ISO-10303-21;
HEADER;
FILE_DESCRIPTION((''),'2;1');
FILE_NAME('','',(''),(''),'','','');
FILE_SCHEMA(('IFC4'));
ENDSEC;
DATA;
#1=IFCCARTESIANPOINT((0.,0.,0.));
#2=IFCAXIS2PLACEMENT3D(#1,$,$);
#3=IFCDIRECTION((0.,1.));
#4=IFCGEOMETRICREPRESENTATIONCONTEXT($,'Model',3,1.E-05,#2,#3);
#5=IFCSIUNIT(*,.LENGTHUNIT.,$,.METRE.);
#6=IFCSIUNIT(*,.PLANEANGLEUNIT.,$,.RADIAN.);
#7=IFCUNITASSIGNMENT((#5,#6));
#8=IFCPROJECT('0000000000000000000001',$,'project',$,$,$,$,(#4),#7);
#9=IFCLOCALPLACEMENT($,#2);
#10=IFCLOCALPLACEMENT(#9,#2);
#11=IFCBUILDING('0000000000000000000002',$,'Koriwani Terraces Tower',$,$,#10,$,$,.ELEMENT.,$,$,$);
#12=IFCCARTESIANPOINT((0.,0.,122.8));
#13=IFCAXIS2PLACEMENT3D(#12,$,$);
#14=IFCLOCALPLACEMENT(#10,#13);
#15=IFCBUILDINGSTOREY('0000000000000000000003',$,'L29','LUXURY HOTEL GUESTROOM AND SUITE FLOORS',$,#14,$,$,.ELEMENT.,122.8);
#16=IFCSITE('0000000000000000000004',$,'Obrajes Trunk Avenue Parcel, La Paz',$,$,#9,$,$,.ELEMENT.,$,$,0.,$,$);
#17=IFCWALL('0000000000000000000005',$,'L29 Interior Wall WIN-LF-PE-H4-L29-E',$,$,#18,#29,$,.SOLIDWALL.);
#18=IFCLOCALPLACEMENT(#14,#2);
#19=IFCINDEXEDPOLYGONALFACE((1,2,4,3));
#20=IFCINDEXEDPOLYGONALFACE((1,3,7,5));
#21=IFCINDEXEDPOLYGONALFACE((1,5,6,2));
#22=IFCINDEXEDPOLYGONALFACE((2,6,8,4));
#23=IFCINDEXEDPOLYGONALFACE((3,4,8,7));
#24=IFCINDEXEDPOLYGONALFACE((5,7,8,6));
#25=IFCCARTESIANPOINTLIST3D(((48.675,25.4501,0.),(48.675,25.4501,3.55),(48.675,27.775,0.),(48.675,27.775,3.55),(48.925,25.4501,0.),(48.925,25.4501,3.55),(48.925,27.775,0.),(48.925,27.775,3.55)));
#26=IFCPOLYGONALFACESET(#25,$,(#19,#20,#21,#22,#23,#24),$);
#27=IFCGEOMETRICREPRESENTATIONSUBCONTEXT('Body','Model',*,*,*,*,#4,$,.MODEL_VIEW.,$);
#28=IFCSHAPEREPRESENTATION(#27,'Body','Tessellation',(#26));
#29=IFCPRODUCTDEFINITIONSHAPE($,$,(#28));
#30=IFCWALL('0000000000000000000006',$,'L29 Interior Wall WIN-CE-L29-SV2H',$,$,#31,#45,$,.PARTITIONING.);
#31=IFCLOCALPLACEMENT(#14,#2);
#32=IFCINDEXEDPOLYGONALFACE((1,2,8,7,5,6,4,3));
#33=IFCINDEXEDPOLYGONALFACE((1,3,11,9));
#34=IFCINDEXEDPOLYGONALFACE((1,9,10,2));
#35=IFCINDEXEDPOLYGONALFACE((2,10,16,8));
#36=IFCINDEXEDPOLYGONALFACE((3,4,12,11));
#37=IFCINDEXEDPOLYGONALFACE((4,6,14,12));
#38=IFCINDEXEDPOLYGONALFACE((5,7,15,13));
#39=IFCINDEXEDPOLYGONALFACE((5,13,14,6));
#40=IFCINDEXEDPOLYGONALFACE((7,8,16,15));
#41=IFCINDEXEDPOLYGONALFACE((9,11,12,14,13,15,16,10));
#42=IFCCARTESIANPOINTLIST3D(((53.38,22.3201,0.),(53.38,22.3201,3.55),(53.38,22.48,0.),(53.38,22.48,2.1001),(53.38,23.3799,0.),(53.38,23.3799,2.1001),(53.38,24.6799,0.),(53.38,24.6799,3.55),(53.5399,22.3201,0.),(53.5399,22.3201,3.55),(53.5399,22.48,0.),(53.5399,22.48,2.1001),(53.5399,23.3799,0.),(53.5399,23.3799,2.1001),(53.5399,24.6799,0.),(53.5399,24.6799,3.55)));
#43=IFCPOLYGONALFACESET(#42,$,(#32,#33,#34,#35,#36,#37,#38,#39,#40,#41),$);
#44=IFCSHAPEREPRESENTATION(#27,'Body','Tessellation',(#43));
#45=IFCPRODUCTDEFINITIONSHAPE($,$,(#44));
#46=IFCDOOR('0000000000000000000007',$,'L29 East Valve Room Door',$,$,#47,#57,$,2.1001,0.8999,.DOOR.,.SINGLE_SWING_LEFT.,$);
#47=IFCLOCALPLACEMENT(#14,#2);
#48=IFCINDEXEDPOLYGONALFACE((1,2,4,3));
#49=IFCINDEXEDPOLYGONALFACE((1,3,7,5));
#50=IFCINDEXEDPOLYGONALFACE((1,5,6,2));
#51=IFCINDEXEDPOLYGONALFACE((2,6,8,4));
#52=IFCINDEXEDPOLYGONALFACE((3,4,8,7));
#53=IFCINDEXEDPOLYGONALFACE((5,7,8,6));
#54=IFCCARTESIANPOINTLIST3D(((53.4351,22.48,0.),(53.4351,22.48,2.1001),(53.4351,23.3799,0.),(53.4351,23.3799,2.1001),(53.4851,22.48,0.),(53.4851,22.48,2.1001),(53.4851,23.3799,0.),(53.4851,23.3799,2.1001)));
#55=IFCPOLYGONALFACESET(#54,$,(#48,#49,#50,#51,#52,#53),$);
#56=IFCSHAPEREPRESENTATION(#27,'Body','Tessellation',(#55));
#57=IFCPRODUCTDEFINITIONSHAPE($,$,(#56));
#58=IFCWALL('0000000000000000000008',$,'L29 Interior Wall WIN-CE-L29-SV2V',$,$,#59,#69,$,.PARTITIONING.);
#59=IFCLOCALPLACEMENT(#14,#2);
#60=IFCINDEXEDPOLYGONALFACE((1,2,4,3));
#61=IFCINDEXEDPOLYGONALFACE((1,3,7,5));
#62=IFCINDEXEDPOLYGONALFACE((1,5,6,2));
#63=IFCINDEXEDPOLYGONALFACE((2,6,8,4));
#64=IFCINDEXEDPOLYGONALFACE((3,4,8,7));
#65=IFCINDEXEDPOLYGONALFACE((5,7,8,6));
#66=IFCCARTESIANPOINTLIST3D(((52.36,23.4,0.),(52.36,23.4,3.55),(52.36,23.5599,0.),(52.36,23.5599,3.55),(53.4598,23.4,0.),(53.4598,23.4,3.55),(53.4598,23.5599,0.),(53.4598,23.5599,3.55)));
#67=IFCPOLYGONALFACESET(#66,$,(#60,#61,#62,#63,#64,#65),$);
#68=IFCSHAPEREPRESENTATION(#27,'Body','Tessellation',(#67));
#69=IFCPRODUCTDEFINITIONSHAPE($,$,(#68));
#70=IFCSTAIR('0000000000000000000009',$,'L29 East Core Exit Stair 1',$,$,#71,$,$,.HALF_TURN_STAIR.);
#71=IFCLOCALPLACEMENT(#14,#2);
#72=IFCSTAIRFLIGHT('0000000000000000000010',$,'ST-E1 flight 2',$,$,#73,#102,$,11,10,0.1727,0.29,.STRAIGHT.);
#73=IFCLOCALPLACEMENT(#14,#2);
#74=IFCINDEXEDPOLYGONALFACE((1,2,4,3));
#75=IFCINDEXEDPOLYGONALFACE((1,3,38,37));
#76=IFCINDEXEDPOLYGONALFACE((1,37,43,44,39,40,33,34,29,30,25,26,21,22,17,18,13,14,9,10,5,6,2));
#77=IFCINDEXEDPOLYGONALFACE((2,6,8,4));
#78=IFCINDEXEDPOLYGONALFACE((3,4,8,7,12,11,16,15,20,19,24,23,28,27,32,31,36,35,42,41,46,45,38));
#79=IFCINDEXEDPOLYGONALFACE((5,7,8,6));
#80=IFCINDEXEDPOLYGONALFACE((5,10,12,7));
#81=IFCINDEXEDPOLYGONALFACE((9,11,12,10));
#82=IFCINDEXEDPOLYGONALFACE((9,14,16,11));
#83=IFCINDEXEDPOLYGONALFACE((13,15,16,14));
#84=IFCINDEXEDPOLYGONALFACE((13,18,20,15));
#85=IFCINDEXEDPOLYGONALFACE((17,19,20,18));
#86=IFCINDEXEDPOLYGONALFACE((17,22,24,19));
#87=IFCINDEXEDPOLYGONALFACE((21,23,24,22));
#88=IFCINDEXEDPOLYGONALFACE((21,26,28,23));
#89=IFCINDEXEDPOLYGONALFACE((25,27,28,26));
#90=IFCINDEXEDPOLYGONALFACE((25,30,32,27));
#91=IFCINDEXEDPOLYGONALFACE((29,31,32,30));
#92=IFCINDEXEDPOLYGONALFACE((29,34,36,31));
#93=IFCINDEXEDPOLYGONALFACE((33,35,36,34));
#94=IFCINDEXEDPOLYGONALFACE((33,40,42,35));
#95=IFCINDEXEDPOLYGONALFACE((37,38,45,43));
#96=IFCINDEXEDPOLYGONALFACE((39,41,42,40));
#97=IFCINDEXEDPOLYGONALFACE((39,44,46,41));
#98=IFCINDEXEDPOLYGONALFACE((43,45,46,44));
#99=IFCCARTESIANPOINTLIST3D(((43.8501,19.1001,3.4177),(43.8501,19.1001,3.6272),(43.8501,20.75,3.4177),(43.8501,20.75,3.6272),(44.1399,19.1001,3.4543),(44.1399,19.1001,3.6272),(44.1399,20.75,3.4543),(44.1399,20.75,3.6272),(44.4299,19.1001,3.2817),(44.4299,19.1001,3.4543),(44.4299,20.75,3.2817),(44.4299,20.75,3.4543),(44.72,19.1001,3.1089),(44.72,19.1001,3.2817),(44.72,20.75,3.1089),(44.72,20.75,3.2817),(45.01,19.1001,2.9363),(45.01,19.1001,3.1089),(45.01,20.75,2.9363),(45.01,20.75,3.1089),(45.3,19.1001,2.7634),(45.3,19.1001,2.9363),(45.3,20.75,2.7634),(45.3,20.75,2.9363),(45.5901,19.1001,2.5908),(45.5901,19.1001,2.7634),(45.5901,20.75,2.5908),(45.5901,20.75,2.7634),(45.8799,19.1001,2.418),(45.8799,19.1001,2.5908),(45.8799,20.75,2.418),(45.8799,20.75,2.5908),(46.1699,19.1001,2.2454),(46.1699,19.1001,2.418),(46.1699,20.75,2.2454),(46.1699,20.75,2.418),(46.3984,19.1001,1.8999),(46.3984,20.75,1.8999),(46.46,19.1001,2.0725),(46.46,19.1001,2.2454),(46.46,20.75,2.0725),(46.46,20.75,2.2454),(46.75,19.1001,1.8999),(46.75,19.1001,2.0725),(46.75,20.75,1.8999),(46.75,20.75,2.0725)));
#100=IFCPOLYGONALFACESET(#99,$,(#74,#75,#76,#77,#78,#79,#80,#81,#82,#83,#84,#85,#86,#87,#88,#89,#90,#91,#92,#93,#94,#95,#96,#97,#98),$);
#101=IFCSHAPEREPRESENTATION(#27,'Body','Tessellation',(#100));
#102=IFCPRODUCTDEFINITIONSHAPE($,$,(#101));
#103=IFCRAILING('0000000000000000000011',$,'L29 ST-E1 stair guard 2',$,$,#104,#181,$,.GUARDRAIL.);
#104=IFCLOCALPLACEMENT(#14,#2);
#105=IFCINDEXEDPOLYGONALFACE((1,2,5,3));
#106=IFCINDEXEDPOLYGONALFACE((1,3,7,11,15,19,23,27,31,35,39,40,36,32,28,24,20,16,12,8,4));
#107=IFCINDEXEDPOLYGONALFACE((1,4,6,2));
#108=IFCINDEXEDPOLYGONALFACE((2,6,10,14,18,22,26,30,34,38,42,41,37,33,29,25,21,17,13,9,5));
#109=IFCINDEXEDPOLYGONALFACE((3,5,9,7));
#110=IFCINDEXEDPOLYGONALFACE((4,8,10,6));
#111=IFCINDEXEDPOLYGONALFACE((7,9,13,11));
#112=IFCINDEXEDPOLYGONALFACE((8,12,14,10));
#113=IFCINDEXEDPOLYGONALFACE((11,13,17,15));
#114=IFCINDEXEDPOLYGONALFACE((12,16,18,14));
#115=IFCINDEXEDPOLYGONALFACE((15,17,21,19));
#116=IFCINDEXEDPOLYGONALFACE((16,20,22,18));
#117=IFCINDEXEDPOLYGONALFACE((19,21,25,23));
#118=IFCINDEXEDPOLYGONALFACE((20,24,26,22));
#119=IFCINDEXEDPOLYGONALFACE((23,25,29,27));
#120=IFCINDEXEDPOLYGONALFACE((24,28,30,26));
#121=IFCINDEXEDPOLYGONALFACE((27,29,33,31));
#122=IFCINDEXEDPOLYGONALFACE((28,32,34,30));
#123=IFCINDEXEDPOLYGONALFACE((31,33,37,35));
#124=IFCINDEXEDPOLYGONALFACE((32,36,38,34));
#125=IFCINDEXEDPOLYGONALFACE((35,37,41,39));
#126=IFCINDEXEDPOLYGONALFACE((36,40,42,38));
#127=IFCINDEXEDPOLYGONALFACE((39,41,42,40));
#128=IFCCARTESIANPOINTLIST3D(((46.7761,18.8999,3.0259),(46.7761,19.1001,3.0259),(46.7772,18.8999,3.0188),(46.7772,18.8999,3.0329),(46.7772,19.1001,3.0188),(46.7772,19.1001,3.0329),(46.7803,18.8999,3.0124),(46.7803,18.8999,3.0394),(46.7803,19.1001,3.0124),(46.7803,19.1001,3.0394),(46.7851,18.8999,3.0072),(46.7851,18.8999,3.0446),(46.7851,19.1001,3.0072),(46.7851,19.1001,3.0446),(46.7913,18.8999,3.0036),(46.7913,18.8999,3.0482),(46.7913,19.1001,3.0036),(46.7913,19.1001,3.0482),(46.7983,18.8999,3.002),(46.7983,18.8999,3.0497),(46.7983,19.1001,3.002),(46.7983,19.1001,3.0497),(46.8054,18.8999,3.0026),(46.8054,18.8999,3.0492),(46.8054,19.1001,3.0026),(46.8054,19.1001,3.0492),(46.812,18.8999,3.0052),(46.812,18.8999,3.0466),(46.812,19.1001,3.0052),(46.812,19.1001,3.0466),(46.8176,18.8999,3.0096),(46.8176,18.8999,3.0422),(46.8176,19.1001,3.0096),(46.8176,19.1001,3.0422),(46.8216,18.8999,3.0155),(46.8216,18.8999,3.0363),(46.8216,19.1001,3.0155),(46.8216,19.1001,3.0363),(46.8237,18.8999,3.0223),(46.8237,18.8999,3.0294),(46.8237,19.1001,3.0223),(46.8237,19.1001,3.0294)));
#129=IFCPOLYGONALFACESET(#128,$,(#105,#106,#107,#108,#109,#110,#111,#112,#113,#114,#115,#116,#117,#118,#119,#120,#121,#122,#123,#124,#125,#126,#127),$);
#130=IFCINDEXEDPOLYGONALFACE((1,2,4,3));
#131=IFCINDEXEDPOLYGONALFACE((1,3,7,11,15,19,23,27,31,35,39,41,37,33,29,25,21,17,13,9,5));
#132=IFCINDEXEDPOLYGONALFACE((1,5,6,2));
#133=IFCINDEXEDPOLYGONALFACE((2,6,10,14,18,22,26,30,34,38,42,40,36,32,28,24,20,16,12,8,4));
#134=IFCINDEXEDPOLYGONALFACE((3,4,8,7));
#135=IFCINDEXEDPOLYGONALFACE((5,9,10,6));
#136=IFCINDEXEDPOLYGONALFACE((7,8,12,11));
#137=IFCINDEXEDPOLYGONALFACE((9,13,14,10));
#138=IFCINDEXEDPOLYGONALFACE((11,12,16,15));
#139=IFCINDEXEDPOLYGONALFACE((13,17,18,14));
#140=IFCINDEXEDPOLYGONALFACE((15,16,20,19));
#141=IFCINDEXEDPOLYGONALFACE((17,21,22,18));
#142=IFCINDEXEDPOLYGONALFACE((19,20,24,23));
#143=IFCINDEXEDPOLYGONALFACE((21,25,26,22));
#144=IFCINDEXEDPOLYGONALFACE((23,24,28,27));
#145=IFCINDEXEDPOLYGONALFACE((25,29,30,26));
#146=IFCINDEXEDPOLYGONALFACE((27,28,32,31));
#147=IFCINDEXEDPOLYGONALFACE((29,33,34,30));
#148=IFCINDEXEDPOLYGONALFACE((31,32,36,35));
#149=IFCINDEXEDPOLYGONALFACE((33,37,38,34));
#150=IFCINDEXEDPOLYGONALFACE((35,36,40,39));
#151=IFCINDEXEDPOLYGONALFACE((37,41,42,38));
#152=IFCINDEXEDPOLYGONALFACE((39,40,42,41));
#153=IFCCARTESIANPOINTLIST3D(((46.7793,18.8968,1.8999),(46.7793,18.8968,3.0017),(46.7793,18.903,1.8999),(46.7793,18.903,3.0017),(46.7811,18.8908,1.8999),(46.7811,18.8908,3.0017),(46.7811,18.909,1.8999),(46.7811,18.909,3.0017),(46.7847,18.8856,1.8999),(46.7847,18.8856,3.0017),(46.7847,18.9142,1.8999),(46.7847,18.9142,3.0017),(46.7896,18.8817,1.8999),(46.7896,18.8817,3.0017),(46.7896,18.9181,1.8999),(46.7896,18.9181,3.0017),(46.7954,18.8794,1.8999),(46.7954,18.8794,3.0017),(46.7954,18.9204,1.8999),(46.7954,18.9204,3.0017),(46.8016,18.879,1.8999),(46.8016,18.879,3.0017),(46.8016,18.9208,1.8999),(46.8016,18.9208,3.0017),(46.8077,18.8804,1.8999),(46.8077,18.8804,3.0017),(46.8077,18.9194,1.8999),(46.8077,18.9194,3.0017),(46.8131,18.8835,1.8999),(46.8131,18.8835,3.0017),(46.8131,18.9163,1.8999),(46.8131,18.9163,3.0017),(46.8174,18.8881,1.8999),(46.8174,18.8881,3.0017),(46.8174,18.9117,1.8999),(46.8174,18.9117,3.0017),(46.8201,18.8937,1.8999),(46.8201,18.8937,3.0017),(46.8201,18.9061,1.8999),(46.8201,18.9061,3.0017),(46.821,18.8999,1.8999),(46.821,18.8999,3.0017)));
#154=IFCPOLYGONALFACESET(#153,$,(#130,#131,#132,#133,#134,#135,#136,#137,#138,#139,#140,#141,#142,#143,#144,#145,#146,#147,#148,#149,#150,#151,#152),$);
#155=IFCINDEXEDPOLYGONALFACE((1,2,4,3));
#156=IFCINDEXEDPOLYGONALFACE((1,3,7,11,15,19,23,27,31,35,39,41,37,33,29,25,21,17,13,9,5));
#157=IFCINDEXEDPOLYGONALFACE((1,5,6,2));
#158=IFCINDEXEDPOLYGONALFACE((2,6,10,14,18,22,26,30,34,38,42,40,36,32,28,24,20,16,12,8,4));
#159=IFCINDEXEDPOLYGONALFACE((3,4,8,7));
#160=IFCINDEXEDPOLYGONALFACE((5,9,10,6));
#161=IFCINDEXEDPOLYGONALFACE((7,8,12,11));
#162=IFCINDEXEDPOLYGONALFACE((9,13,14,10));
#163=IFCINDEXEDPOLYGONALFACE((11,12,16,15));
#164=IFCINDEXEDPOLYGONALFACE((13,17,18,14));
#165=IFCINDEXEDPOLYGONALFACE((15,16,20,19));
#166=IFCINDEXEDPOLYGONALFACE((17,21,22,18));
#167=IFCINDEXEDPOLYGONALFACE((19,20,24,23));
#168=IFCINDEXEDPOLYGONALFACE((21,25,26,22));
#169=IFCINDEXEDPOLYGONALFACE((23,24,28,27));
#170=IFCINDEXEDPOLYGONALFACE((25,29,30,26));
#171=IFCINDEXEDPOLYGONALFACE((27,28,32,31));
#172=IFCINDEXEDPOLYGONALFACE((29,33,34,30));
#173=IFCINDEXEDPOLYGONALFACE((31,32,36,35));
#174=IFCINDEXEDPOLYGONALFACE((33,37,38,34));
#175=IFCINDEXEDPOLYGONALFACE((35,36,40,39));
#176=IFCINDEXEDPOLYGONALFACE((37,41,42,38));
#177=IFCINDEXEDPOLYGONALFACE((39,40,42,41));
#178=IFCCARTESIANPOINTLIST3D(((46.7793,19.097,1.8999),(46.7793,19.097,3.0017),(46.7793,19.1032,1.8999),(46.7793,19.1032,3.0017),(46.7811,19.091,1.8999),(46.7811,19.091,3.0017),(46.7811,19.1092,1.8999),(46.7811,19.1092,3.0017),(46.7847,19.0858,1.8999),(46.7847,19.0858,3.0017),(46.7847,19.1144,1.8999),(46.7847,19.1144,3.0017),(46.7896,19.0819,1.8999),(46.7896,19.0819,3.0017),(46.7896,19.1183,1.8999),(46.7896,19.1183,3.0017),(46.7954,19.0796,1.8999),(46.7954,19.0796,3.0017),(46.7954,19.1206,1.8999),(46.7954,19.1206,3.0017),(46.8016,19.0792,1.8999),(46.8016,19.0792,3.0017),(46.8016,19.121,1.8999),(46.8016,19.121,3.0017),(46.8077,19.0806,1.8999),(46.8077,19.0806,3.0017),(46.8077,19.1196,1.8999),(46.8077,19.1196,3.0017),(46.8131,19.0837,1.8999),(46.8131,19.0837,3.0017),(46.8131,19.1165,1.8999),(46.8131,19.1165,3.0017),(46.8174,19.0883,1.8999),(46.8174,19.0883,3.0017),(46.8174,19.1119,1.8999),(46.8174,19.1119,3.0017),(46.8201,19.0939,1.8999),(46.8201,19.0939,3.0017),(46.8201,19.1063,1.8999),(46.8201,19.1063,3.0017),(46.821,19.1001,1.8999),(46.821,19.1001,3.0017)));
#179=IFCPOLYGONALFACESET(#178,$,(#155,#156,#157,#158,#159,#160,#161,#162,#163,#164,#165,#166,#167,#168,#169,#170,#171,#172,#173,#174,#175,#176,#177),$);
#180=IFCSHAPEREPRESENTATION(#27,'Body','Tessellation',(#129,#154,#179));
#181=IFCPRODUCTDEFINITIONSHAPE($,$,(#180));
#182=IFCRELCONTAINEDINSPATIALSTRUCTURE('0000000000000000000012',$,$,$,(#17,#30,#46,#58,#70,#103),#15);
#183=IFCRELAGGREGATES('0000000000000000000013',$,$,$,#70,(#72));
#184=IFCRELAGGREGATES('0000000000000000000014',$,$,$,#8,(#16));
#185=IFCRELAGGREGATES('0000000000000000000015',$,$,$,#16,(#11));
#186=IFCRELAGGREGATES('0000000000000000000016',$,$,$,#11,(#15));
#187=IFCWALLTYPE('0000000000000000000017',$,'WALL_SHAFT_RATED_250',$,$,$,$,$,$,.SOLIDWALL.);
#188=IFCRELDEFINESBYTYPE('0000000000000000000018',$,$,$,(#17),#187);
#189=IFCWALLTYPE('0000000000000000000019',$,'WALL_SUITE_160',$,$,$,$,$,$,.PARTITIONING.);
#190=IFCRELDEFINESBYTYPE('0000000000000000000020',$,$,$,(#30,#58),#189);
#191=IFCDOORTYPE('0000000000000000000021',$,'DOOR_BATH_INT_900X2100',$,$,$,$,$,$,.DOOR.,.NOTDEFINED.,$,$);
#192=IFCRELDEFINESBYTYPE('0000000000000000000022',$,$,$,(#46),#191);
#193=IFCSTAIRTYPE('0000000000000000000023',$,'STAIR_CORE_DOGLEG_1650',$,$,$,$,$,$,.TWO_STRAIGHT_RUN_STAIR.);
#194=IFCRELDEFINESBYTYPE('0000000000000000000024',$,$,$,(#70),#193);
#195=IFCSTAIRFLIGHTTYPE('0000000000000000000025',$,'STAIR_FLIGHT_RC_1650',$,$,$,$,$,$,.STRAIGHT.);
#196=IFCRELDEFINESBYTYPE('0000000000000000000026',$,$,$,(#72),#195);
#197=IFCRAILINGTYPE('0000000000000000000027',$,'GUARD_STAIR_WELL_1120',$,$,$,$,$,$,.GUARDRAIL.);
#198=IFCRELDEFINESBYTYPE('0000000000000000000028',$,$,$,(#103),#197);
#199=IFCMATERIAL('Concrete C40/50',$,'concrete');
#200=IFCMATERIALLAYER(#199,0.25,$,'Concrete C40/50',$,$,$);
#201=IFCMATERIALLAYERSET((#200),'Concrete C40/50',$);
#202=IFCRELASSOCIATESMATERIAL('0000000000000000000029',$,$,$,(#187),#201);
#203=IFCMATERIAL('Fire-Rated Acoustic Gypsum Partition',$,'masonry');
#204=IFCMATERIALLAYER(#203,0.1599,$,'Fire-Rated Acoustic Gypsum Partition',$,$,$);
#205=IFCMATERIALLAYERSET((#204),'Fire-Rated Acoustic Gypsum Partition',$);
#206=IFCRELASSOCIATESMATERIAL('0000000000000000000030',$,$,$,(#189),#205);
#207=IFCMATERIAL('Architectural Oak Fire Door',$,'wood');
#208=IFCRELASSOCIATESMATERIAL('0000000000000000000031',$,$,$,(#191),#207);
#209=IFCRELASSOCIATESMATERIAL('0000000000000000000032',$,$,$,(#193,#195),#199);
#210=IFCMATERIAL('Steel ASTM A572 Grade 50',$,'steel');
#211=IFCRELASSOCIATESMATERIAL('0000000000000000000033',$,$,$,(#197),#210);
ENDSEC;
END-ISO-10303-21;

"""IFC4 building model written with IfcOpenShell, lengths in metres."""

from ifc_helpers import new_model, si_unit, direction, frame, frame_2d, origin, origin_2d, place, context, subcontext, project, spatial, polyline, rectangle, circle, outline, extrude, material, layer, layer_set, type_object, element, fill, aggregate, save


model = new_model("IFC4")

# Units and contexts
model_context = context("Model", 3, precision=1e-05, world=origin(), true_north=direction((0.0, 1.0)))
body_context = subcontext(model_context, "Body", "Model", "MODEL_VIEW")
ifc_project = project(units=[si_unit("LENGTHUNIT", "METRE"), si_unit("PLANEANGLEUNIT", "RADIAN")], contexts=[model_context])

# Site, building, storey
site_placement = place(None, origin())
site = spatial("IfcSite", under=ifc_project, at=site_placement, Name="Obrajes Trunk Avenue Parcel, La Paz", CompositionType="ELEMENT", RefElevation=0.0)
building_placement = place(site_placement, origin())
building = spatial("IfcBuilding", under=site, at=building_placement, Name="Koriwani Terraces Tower", CompositionType="ELEMENT")
storey_placement = place(building_placement, frame((0.0, 0.0, 122.8)))
storey = spatial("IfcBuildingStorey", under=building, at=storey_placement, Name="L29", Description="LUXURY HOTEL GUESTROOM AND SUITE FLOORS", CompositionType="ELEMENT", Elevation=122.8)

# Shared definitions
ifc_material_1 = material(Name="Steel ASTM A572 Grade 50", Category="steel")

# Shared definitions
ifc_material_2 = material(Name="Concrete C40/50", Category="concrete")
ifc_layer_1 = layer(ifc_material_2, 0.25, Name="Concrete C40/50")
ifc_layer_set_1 = layer_set([ifc_layer_1], Name="Concrete C40/50")
wall_type_1 = type_object("IfcWallType", Name="WALL_SHAFT_RATED_250", PredefinedType="SOLIDWALL", material=ifc_layer_set_1)

# Wall
for number, where, z_axis, x_axis, name in (
    (1, (48.8, 25.45, 0.0), (0.0, 0.0, 1.0), (0.0, 1.0, 0.0), "L29 Interior Wall WIN-LF-PE-H4-L29-E"),
):
    element("IfcWall", number, at=place(storey_placement, frame(where, z_axis=z_axis, x_axis=x_axis)), inside=storey, type_object=wall_type_1, Name=name, PredefinedType="SOLIDWALL", context=body_context, shape_type="SweptSolid", body=[
        extrude(rectangle(XDim=2.325, YDim=0.25, at=frame_2d((1.1626, 0.0))), origin(), (0.0, 0.0, 1.0), 3.55),
    ])

# Wall, opening, door
ifc_material_3 = material(Name="Fire-Rated Acoustic Gypsum Partition", Category="masonry")
ifc_layer_2 = layer(ifc_material_3, 0.1599, Name="Fire-Rated Acoustic Gypsum Partition")
ifc_layer_set_2 = layer_set([ifc_layer_2], Name="Fire-Rated Acoustic Gypsum Partition")
wall_type_2 = type_object("IfcWallType", Name="WALL_SUITE_160", PredefinedType="PARTITIONING", material=ifc_layer_set_2)
wall_1_placement = place(storey_placement, frame((53.46, 22.3201, 0.0), z_axis=(0.0, 0.0, 1.0), x_axis=(0.0, 1.0, 0.0)))
wall_1 = element("IfcWall", 2, at=wall_1_placement, inside=storey, type_object=wall_type_2, Name="L29 Interior Wall WIN-CE-L29-SV2H", PredefinedType="PARTITIONING", context=body_context, shape_type="SweptSolid", body=[
    extrude(rectangle(XDim=2.3599, YDim=0.1599, at=frame_2d((1.1799, 0.0))), origin(), (0.0, 0.0, 1.0), 3.55),
])
opening_1_placement = place(wall_1_placement, frame((0.1599, 0.0, 0.0)))
opening_1 = element("IfcOpeningElement", 3, at=opening_1_placement, cuts=wall_1, PredefinedType="OPENING", context=body_context, shape_type="SweptSolid", body=[
    extrude(rectangle(XDim=0.8999, YDim=2.1001, at=frame_2d((0.45, 1.05))), frame((0.0, 0.0898, 0.0), z_axis=(0.0, -1.0, 0.0), x_axis=(1.0, 0.0, 0.0)), (0.0, 0.0, 1.0), 0.1799),
])
ifc_material_4 = material(Name="Architectural Oak Fire Door", Category="wood")
door_type_1 = type_object("IfcDoorType", Name="DOOR_BATH_INT_900X2100", OperationType="NOTDEFINED", PredefinedType="DOOR", material=ifc_material_4)
door_1_placement = place(opening_1_placement, origin())
door_1 = element("IfcDoor", 4, at=door_1_placement, inside=storey, type_object=door_type_1, Name="L29 East Valve Room Door", OperationType="SINGLE_SWING_LEFT", OverallHeight=2.1001, OverallWidth=0.8999, PredefinedType="DOOR", context=body_context, shape_type="SweptSolid", body=[
    extrude(rectangle(XDim=0.8999, YDim=2.1001, at=frame_2d((0.45, 1.05))), frame((0.0, 0.0249, 0.0), z_axis=(0.0, -1.0, 0.0), x_axis=(1.0, 0.0, 0.0)), (0.0, 0.0, 1.0), 0.05),
])
fill(opening_1, door_1)

# Wall
wall_2_placement = place(storey_placement, frame((52.3601, 23.48, 0.0), z_axis=(0.0, 0.0, 1.0), x_axis=(1.0, 0.0, 0.0)))
element("IfcWall", 5, at=wall_2_placement, inside=storey, type_object=wall_type_2, Name="L29 Interior Wall WIN-CE-L29-SV2V", PredefinedType="PARTITIONING", context=body_context, shape_type="SweptSolid", body=[
    extrude(rectangle(XDim=1.0999, YDim=0.1599, at=frame_2d((0.5498, 0.0))), origin(), (0.0, 0.0, 1.0), 3.55),
])

# Stair, stair flight
stair_type = type_object("IfcStairType", Name="STAIR_CORE_DOGLEG_1650", PredefinedType="TWO_STRAIGHT_RUN_STAIR", material=ifc_material_2)
stair_placement = place(storey_placement, origin())
stair = element("IfcStair", 6, at=stair_placement, inside=storey, type_object=stair_type, Name="L29 East Core Exit Stair 1", PredefinedType="HALF_TURN_STAIR")
stair_flight_type = type_object("IfcStairFlightType", Name="STAIR_FLIGHT_RC_1650", PredefinedType="STRAIGHT", material=ifc_material_2)
stair_flight_placement = place(storey_placement, frame((46.75, 19.925, 1.8999), z_axis=(0.0, 0.0, 1.0), x_axis=(-1.0, 0.0, 0.0)))
stair_flight = element("IfcStairFlight", 7, at=stair_flight_placement, type_object=stair_flight_type, Name="ST-E1 flight 2", NumberOfRisers=11, NumberOfTreads=10, PredefinedType="STRAIGHT", RiserHeight=0.1727, TreadLength=0.29, context=body_context, shape_type="SweptSolid", body=[
    extrude(outline(polyline([(0.0, 0.0), (0.0, 0.1726), (0.29, 0.1726), (0.29, 0.3455), (0.5801, 0.3455), (0.5801, 0.5181), (0.8701, 0.5181), (0.8701, 0.6909), (1.1599, 0.6909), (1.1599, 0.8635), (1.45, 0.8635), (1.45, 1.0364), (1.74, 1.0364), (1.74, 1.209), (2.03, 1.209), (2.03, 1.3818), (2.3201, 1.3818), (2.3201, 1.5544), (2.6101, 1.5544), (2.6101, 1.7273), (2.8999, 1.7273), (2.8999, 1.8999), (2.8999, 1.5178), (0.3516, 0.0), (0.0, 0.0)])), frame((0.0, 0.825, 0.0), z_axis=(0.0, -1.0, 0.0), x_axis=(1.0, 0.0, 0.0)), (0.0, 0.0, 1.0), 1.6499),
])
aggregate(stair, [stair_flight])

# Railing
railing_type_1 = type_object("IfcRailingType", Name="GUARD_STAIR_WELL_1120", PredefinedType="GUARDRAIL", material=ifc_material_1)
railing_1_placement = place(storey_placement, frame((46.8, 18.8999, 1.8999)))
element("IfcRailing", 8, at=railing_1_placement, inside=storey, type_object=railing_type_1, Name="L29 ST-E1 stair guard 2", PredefinedType="GUARDRAIL", context=body_context, shape_type="SweptSolid", body=[
    extrude(circle(Radius=0.0239, at=origin_2d()), frame((0.0, 0.0, 1.126), z_axis=(0.0, 1.0, 0.0), x_axis=(-1.0, 0.0, 0.0)), (0.0, 0.0, 1.0), 0.2002),
    extrude(circle(Radius=0.021, at=origin_2d()), origin(), (0.0, 0.0, 1.0), 1.1018),
    extrude(circle(Radius=0.021, at=origin_2d()), frame((0.0, 0.2002, 0.0)), (0.0, 0.0, 1.0), 1.1018),
])

save(model, "model.ifc")
